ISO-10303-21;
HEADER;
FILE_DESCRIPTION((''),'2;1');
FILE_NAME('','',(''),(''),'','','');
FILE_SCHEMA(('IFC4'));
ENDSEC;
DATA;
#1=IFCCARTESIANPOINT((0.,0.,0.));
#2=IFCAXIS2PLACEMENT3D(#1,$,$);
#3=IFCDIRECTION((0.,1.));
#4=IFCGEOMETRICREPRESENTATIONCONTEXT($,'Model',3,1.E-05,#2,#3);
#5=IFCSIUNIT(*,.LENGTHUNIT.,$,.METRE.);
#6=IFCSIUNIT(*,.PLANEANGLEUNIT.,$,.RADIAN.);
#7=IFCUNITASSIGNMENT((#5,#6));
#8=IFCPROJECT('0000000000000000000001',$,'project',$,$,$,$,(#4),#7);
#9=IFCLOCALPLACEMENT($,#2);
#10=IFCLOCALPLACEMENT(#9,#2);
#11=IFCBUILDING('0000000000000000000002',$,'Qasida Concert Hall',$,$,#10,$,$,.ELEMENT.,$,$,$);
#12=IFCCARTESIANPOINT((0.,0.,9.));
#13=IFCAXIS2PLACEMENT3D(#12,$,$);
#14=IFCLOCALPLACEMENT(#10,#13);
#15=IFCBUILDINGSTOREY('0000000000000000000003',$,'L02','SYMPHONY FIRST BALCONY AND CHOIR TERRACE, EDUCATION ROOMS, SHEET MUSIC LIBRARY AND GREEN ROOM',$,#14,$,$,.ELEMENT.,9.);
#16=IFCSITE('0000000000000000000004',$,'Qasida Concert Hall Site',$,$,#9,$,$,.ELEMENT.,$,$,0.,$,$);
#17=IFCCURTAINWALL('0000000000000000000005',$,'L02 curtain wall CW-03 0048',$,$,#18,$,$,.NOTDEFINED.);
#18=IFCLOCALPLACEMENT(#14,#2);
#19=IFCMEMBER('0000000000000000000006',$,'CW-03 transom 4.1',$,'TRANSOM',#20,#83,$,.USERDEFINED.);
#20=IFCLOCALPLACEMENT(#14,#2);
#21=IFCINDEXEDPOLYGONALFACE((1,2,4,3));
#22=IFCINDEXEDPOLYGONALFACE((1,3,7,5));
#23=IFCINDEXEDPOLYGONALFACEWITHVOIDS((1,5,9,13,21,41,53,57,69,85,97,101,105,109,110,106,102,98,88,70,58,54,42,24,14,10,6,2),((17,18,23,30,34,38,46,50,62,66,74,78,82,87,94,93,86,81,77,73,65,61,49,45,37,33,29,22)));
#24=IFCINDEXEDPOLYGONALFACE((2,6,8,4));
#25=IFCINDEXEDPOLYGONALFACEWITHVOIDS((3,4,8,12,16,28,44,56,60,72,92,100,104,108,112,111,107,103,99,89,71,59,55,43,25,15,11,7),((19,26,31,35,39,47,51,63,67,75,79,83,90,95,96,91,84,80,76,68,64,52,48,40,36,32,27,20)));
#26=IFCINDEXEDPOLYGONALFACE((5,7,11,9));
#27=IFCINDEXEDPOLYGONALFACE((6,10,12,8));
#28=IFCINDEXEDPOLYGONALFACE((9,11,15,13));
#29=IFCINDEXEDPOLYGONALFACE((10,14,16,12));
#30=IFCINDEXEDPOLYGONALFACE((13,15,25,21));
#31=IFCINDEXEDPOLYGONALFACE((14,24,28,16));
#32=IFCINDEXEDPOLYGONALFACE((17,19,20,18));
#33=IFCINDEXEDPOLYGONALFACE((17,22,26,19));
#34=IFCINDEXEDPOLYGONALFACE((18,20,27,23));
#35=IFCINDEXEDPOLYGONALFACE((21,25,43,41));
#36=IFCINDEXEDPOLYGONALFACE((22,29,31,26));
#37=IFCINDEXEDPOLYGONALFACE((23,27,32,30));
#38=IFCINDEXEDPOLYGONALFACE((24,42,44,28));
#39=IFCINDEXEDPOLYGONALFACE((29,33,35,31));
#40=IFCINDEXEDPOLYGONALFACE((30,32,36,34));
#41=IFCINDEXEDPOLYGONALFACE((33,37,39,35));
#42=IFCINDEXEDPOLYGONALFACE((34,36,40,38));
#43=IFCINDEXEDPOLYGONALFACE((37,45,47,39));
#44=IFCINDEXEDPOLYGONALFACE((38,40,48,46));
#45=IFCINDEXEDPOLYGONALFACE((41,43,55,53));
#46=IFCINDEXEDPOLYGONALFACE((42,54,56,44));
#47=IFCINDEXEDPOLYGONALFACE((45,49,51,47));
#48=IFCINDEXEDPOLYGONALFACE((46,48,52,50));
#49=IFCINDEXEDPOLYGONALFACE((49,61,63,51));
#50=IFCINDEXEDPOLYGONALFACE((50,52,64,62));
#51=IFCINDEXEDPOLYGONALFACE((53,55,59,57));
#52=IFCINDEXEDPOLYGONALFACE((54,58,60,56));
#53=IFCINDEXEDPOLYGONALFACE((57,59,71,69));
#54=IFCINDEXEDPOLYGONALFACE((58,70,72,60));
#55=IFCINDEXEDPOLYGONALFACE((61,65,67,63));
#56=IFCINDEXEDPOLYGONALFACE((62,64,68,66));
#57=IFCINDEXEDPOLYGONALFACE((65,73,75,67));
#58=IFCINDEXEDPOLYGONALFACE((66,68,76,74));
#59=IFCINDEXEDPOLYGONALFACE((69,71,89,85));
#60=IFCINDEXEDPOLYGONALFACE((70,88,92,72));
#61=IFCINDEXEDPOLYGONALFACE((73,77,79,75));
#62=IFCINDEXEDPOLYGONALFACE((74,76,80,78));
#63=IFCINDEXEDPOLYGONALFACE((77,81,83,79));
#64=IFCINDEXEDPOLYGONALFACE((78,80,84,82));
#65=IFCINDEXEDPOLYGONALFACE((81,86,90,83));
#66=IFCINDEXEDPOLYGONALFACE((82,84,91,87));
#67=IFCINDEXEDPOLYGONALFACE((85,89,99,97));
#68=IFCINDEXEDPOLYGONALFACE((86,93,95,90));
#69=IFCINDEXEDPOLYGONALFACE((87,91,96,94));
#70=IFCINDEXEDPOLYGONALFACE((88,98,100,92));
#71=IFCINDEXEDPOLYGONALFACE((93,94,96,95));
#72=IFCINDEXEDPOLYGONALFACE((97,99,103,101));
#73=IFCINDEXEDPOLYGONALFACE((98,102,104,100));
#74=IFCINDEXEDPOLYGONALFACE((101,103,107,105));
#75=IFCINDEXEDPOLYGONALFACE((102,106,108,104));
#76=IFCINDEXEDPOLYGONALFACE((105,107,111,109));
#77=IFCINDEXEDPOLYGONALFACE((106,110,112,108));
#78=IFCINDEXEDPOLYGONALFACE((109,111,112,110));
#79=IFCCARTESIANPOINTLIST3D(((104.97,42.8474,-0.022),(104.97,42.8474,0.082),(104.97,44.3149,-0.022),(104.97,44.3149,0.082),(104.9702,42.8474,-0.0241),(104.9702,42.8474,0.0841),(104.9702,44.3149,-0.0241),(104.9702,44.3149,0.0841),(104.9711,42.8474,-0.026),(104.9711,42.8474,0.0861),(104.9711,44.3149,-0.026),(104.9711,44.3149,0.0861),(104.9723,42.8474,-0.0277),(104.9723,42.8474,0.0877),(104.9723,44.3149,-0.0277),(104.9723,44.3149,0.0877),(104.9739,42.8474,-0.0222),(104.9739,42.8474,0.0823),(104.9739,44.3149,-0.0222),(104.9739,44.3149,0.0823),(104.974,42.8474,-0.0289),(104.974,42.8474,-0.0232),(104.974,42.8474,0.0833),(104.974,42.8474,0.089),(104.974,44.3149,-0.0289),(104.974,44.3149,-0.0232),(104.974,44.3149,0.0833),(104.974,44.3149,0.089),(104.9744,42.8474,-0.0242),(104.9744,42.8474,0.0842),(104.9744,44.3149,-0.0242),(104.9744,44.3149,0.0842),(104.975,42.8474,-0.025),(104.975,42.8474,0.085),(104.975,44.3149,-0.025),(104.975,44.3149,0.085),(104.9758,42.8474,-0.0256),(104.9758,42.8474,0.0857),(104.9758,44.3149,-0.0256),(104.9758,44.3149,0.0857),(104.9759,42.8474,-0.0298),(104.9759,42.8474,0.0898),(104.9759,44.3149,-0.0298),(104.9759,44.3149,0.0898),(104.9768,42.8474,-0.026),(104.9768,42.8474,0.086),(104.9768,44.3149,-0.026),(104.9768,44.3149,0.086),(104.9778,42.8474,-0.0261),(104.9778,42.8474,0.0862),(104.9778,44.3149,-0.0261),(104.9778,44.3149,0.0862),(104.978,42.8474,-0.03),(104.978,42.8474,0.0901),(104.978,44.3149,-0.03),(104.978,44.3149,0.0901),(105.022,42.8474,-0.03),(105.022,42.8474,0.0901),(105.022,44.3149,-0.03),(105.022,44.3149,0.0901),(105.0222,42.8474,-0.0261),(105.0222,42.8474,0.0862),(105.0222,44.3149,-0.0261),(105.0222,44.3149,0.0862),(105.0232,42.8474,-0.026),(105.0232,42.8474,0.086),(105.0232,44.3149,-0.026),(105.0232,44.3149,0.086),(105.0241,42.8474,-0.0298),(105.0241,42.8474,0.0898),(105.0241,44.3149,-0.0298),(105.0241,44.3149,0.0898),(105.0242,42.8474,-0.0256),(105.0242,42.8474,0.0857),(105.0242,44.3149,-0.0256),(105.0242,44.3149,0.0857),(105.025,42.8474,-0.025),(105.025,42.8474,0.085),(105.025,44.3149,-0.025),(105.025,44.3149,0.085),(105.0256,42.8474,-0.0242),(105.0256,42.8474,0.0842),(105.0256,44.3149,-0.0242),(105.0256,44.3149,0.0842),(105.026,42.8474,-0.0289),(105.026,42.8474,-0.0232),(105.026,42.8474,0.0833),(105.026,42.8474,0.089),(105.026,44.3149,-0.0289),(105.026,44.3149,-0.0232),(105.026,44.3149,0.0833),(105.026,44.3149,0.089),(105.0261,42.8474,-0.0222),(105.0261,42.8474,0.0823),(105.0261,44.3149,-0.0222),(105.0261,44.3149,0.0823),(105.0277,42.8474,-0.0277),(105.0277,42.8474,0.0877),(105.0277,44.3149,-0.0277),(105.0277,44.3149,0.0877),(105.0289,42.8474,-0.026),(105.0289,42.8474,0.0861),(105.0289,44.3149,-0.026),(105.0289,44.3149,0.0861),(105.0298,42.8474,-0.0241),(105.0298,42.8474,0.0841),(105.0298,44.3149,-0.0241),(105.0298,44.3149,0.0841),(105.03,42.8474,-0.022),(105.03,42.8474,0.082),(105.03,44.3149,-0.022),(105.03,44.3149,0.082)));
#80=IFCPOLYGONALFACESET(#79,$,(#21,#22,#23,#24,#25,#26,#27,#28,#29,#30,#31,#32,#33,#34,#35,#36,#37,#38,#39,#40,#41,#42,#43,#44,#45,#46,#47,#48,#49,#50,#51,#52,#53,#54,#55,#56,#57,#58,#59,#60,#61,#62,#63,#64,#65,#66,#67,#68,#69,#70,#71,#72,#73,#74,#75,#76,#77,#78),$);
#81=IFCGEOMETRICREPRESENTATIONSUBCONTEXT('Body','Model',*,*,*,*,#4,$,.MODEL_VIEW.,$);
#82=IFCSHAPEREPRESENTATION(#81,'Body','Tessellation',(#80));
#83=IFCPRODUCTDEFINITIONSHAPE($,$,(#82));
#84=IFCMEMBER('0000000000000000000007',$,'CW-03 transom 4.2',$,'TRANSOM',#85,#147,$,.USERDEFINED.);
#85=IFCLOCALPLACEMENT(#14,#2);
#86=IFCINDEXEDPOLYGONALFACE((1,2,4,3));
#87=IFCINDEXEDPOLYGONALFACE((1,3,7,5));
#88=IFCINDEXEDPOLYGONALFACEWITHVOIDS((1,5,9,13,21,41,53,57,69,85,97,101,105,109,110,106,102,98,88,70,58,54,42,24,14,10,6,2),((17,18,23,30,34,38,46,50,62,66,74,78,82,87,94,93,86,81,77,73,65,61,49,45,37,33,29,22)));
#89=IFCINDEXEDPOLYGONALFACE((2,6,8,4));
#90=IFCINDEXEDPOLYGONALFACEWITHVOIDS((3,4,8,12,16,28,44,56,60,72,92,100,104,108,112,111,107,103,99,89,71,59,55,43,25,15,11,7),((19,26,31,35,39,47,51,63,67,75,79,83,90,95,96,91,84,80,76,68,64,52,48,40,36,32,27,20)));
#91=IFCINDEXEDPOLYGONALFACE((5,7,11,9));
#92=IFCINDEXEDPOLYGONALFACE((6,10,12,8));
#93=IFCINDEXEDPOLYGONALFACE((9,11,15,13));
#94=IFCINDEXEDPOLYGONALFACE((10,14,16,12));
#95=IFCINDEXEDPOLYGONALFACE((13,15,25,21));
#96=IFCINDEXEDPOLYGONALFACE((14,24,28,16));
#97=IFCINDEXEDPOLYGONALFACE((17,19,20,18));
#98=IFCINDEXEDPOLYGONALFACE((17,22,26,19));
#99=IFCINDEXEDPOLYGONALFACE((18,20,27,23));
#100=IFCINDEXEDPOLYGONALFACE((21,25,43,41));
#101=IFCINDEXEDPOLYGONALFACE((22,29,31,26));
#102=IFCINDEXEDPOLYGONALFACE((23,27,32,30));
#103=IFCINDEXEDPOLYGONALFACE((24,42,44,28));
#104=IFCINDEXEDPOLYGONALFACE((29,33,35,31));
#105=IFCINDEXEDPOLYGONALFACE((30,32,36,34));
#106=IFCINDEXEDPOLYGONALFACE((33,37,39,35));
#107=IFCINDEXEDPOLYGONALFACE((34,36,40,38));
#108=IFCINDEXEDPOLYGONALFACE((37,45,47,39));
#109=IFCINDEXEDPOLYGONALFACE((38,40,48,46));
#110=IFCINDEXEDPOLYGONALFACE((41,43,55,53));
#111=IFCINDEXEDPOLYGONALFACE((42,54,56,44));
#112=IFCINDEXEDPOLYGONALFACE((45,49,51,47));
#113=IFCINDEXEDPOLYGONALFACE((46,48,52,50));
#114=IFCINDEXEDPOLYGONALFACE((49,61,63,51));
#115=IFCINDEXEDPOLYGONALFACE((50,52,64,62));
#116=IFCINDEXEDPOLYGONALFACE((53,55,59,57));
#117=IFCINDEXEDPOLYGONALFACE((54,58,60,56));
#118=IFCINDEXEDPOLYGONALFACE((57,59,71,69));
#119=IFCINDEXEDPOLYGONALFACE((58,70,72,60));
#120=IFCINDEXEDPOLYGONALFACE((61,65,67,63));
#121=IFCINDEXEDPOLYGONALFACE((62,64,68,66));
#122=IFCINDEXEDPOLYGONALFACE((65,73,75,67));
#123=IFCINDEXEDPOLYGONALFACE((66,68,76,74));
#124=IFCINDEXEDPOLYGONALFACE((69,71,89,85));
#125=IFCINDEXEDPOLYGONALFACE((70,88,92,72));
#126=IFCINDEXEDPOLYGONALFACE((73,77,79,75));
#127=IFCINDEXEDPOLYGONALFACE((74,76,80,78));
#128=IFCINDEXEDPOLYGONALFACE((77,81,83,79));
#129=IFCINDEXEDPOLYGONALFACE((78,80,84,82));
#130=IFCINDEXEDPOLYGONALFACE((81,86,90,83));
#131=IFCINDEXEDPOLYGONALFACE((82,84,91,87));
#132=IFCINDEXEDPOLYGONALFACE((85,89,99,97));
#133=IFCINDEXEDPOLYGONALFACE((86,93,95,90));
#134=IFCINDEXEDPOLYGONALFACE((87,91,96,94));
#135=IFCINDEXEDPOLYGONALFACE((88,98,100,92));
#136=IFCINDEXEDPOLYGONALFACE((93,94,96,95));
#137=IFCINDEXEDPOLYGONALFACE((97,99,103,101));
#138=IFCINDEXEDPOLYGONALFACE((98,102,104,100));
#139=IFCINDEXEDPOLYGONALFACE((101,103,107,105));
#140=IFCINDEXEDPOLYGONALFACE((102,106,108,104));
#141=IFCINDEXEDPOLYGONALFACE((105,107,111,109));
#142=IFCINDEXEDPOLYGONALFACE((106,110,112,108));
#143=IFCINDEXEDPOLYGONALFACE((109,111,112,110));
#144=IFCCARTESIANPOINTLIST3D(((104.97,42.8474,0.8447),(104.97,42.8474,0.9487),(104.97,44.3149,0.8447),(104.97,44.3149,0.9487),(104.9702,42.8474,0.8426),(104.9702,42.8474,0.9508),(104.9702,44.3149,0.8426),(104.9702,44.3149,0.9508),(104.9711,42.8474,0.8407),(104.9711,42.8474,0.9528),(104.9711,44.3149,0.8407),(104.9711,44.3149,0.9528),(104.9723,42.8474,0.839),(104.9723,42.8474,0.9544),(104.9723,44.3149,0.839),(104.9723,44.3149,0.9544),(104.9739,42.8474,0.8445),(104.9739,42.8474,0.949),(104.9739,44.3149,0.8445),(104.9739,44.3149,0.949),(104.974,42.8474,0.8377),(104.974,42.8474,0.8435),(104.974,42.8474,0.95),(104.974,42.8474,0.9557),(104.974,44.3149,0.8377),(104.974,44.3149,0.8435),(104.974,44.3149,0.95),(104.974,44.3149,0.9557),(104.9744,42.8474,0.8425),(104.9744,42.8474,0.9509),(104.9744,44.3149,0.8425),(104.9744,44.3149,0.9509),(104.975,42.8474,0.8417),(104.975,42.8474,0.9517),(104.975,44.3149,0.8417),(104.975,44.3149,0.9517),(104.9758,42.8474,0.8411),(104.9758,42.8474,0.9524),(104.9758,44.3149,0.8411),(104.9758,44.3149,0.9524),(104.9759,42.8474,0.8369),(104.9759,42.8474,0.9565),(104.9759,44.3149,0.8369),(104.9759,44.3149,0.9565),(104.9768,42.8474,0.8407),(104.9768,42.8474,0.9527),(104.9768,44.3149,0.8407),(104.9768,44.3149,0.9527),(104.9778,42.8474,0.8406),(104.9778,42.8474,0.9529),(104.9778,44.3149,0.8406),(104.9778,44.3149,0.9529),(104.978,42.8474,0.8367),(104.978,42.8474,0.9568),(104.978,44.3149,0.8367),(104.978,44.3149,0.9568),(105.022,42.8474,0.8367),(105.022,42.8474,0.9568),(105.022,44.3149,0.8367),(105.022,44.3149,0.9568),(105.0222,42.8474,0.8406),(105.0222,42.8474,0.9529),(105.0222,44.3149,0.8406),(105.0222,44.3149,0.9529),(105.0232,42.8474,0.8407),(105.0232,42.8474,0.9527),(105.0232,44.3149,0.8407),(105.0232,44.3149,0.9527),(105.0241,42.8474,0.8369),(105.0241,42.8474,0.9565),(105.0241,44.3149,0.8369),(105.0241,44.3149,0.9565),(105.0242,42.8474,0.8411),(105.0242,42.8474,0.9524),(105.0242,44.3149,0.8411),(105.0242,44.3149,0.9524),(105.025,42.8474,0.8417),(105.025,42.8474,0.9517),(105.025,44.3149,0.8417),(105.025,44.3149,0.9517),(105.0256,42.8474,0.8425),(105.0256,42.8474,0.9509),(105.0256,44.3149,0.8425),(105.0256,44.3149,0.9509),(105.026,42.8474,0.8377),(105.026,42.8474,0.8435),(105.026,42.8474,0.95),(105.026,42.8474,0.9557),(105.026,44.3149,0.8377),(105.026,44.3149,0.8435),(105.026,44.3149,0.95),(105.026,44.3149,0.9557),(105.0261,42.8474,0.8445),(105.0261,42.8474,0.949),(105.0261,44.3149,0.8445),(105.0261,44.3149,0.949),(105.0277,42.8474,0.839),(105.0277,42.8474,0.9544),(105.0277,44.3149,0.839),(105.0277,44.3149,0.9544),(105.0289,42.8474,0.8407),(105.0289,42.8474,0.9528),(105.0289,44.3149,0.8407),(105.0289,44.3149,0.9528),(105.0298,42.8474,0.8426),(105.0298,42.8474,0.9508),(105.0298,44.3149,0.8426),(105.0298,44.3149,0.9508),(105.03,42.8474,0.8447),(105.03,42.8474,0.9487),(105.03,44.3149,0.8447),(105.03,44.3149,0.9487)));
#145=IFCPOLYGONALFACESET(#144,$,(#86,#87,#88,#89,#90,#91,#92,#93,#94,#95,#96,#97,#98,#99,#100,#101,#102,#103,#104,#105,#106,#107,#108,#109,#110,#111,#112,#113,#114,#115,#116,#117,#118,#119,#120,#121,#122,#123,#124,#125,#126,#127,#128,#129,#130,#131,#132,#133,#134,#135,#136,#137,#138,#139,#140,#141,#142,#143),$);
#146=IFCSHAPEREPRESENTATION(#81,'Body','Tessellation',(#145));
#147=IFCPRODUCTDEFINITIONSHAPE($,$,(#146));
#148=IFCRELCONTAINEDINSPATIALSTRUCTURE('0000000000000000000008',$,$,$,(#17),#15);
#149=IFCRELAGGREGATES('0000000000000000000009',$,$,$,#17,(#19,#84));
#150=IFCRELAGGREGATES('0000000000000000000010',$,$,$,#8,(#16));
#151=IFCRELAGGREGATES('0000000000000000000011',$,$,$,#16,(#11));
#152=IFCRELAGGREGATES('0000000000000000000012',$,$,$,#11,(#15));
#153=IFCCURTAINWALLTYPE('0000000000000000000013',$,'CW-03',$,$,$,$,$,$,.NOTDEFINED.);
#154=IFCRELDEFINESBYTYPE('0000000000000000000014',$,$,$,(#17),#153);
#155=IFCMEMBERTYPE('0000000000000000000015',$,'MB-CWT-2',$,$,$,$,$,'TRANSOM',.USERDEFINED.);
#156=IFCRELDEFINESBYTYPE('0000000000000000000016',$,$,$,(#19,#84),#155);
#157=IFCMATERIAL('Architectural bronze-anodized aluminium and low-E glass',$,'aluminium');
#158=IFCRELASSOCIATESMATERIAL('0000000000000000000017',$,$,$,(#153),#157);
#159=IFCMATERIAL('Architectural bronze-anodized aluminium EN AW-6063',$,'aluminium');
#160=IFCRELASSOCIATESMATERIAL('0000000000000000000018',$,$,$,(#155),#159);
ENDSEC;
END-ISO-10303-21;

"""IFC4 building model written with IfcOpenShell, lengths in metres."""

from ifc_helpers import new_model, si_unit, direction, frame, origin, origin_2d, place, context, subcontext, project, spatial, hollow_rectangle, extrude, material, material_profile, profile_set, type_object, element, aggregate, save


model = new_model("IFC4")

# Units and contexts
model_context = context("Model", 3, precision=1e-05, world=origin(), true_north=direction((0.0, 1.0)))
body_context = subcontext(model_context, "Body", "Model", "MODEL_VIEW")
ifc_project = project(units=[si_unit("LENGTHUNIT", "METRE"), si_unit("PLANEANGLEUNIT", "RADIAN")], contexts=[model_context])

# Site, building, storey
site_placement = place(None, origin())
site = spatial("IfcSite", under=ifc_project, at=site_placement, Name="Qasida Concert Hall Site", CompositionType="ELEMENT", RefElevation=0.0)
building_placement = place(site_placement, origin())
building = spatial("IfcBuilding", under=site, at=building_placement, Name="Qasida Concert Hall", CompositionType="ELEMENT")
storey_placement = place(building_placement, frame((0.0, 0.0, 9.0)))
storey = spatial("IfcBuildingStorey", under=building, at=storey_placement, Name="L02", Description="SYMPHONY FIRST BALCONY AND CHOIR TERRACE, EDUCATION ROOMS, SHEET MUSIC LIBRARY AND GREEN ROOM", CompositionType="ELEMENT", Elevation=9.0)

# Shared definitions
ifc_material_1 = material(Name="Architectural bronze-anodized aluminium and low-E glass", Category="aluminium")
curtain_wall_type_1 = type_object("IfcCurtainWallType", Name="CW-03", PredefinedType="NOTDEFINED", material=ifc_material_1)
ifc_material_2 = material(Name="Architectural bronze-anodized aluminium EN AW-6063", Category="aluminium")

# Curtain wall, members
curtain_wall_1_placement = place(storey_placement, origin())
curtain_wall_1 = element("IfcCurtainWall", 1, at=curtain_wall_1_placement, inside=storey, type_object=curtain_wall_type_1, Name="L02 curtain wall CW-03 0048", PredefinedType="NOTDEFINED")
ifc_material_profile_1 = material_profile(ifc_material_2, hollow_rectangle(XDim=0.0601, YDim=0.1201, WallThickness=0.0039, InnerFilletRadius=0.0039, OuterFilletRadius=0.0081, at=origin_2d()), Name="CWT 120x60x4")
ifc_profile_set_1 = profile_set([ifc_material_profile_1], Name="Architectural bronze-anodized aluminium EN AW-6063")
member_type_1 = type_object("IfcMemberType", Name="MB-CWT-2", ElementType="TRANSOM", PredefinedType="USERDEFINED", material=ifc_profile_set_1)
member_1_placement = place(storey_placement, frame((105.0, 42.8474, 0.03), z_axis=(0.0, 1.0, 0.0), x_axis=(-1.0, 0.0, 0.0)))
member_1 = element("IfcMember", 2, at=member_1_placement, type_object=member_type_1, Name="CW-03 transom 4.1", ObjectType="TRANSOM", PredefinedType="USERDEFINED", context=body_context, shape_type="SweptSolid", body=[
    extrude(hollow_rectangle(XDim=0.0601, YDim=0.1201, WallThickness=0.0039, InnerFilletRadius=0.0039, OuterFilletRadius=0.0081, at=origin_2d()), origin(), (0.0, 0.0, 1.0), 1.4675),
])
member_2_placement = place(storey_placement, frame((105.0, 42.8474, 0.8967), z_axis=(0.0, 1.0, 0.0), x_axis=(-1.0, 0.0, 0.0)))
member_2 = element("IfcMember", 3, at=member_2_placement, type_object=member_type_1, Name="CW-03 transom 4.2", ObjectType="TRANSOM", PredefinedType="USERDEFINED", context=body_context, shape_type="SweptSolid", body=[
    extrude(hollow_rectangle(XDim=0.0601, YDim=0.1201, WallThickness=0.0039, InnerFilletRadius=0.0039, OuterFilletRadius=0.0081, at=origin_2d()), origin(), (0.0, 0.0, 1.0), 1.4675),
])

aggregate(curtain_wall_1, [member_1, member_2])

save(model, "model.ifc")
